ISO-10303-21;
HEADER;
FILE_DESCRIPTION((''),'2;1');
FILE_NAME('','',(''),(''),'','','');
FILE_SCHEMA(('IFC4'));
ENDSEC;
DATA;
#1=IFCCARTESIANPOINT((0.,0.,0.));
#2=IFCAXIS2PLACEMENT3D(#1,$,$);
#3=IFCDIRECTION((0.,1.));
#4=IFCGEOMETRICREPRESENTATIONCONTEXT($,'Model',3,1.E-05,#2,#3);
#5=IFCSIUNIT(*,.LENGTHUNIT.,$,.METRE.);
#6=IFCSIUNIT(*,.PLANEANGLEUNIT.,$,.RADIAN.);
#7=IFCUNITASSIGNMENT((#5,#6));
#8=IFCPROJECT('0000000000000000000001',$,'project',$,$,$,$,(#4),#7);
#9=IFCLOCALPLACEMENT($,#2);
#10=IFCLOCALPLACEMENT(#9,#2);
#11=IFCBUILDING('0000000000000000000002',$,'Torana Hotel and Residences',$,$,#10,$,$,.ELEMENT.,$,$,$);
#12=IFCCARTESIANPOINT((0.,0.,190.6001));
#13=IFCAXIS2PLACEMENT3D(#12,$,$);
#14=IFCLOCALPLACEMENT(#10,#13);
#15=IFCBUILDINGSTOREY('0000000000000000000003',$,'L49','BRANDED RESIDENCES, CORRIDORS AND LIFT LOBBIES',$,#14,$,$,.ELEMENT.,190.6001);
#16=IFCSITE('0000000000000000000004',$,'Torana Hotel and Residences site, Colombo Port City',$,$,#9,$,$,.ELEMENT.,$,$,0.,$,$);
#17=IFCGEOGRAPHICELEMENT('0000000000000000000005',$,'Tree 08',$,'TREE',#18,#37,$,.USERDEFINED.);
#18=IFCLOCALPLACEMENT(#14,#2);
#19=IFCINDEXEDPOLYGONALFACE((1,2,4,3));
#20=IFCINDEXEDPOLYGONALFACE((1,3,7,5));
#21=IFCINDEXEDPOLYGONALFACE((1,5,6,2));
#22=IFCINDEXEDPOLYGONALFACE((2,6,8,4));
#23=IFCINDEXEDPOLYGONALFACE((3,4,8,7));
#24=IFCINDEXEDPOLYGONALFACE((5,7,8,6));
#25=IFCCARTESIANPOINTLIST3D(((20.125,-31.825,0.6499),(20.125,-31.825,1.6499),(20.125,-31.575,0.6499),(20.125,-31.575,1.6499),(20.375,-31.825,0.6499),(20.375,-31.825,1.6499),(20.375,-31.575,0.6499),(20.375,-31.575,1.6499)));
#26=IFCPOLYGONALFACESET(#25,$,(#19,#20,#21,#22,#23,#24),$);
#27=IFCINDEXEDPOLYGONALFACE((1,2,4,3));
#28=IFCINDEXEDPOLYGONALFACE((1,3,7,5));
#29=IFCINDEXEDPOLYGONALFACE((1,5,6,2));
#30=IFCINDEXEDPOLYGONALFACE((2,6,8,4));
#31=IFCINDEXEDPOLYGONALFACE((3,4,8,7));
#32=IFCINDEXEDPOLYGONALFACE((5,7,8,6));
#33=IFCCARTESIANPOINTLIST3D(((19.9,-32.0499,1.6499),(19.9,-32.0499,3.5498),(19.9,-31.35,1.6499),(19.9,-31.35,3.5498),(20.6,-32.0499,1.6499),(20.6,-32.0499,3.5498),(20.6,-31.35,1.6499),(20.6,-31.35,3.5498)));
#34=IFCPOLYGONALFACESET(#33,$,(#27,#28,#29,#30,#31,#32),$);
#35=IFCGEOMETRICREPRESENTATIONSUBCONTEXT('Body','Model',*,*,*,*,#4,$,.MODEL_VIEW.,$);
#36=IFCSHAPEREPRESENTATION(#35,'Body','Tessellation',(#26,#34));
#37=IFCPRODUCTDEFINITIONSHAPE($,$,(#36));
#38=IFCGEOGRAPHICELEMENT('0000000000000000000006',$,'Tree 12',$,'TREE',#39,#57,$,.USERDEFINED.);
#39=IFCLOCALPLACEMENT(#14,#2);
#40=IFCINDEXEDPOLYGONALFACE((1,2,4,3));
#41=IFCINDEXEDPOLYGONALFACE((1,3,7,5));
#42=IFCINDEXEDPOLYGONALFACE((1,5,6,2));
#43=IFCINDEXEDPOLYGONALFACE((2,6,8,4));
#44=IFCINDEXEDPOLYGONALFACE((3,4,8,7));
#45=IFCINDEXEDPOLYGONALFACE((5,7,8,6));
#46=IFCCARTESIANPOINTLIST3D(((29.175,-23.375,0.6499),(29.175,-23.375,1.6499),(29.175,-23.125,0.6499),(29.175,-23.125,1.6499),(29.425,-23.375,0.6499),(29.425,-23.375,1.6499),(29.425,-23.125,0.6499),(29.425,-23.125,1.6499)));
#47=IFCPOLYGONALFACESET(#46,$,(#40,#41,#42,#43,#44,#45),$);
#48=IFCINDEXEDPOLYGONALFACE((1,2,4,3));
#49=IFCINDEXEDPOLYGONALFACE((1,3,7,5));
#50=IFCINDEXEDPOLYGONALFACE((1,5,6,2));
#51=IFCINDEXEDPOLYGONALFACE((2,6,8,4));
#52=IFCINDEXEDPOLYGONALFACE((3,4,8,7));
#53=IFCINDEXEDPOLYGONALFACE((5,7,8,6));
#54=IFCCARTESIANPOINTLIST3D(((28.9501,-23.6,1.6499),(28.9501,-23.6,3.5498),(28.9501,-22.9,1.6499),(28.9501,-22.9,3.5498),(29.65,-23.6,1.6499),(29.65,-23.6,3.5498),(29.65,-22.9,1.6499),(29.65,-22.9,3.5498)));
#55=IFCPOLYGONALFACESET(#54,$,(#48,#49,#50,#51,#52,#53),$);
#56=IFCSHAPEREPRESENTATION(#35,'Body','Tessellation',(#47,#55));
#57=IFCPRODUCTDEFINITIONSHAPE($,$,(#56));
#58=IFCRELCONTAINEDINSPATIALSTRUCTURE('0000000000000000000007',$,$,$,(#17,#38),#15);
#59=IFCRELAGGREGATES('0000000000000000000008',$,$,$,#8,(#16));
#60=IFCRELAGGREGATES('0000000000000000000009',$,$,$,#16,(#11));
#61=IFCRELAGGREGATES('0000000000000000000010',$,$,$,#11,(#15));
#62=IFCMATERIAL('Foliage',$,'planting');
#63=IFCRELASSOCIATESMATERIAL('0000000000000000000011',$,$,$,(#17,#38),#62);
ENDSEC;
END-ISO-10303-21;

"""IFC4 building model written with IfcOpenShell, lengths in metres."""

from ifc_helpers import new_model, si_unit, direction, frame, origin, origin_2d, place, context, subcontext, project, spatial, rectangle, extrude, material, element, save


model = new_model("IFC4")

# Units and contexts
model_context = context("Model", 3, precision=1e-05, world=origin(), true_north=direction((0.0, 1.0)))
body_context = subcontext(model_context, "Body", "Model", "MODEL_VIEW")
ifc_project = project(units=[si_unit("LENGTHUNIT", "METRE"), si_unit("PLANEANGLEUNIT", "RADIAN")], contexts=[model_context])

# Site, building, storey
site_placement = place(None, origin())
site = spatial("IfcSite", under=ifc_project, at=site_placement, Name="Torana Hotel and Residences site, Colombo Port City", CompositionType="ELEMENT", RefElevation=0.0)
building_placement = place(site_placement, origin())
building = spatial("IfcBuilding", under=site, at=building_placement, Name="Torana Hotel and Residences", CompositionType="ELEMENT")
storey_placement = place(building_placement, frame((0.0, 0.0, 190.6001)))
storey = spatial("IfcBuildingStorey", under=building, at=storey_placement, Name="L49", Description="BRANDED RESIDENCES, CORRIDORS AND LIFT LOBBIES", CompositionType="ELEMENT", Elevation=190.6001)

# Geographic elements
ifc_material_1 = material(Name="Foliage", Category="planting")
for number, where, z_axis, x_axis, name in (
    (1, (20.25, -31.7, 0.6499), (0.0, 0.0, 1.0), (1.0, 0.0, 0.0), "Tree 08"),
    (2, (29.3, -23.25, 0.6499), (0.0, 0.0, 1.0), (1.0, 0.0, 0.0), "Tree 12"),
):
    element("IfcGeographicElement", number, at=place(storey_placement, frame(where, z_axis=z_axis, x_axis=x_axis)), inside=storey, material=ifc_material_1, Name=name, ObjectType="TREE", PredefinedType="USERDEFINED", context=body_context, shape_type="SweptSolid", body=[
        extrude(rectangle(XDim=0.25, YDim=0.25, at=origin_2d()), origin(), (0.0, 0.0, 1.0), 1.0),
        extrude(rectangle(XDim=0.7, YDim=0.7, at=origin_2d()), frame((0.0, 0.0, 1.0)), (0.0, 0.0, 1.0), 1.8999),
    ])

save(model, "model.ifc")
